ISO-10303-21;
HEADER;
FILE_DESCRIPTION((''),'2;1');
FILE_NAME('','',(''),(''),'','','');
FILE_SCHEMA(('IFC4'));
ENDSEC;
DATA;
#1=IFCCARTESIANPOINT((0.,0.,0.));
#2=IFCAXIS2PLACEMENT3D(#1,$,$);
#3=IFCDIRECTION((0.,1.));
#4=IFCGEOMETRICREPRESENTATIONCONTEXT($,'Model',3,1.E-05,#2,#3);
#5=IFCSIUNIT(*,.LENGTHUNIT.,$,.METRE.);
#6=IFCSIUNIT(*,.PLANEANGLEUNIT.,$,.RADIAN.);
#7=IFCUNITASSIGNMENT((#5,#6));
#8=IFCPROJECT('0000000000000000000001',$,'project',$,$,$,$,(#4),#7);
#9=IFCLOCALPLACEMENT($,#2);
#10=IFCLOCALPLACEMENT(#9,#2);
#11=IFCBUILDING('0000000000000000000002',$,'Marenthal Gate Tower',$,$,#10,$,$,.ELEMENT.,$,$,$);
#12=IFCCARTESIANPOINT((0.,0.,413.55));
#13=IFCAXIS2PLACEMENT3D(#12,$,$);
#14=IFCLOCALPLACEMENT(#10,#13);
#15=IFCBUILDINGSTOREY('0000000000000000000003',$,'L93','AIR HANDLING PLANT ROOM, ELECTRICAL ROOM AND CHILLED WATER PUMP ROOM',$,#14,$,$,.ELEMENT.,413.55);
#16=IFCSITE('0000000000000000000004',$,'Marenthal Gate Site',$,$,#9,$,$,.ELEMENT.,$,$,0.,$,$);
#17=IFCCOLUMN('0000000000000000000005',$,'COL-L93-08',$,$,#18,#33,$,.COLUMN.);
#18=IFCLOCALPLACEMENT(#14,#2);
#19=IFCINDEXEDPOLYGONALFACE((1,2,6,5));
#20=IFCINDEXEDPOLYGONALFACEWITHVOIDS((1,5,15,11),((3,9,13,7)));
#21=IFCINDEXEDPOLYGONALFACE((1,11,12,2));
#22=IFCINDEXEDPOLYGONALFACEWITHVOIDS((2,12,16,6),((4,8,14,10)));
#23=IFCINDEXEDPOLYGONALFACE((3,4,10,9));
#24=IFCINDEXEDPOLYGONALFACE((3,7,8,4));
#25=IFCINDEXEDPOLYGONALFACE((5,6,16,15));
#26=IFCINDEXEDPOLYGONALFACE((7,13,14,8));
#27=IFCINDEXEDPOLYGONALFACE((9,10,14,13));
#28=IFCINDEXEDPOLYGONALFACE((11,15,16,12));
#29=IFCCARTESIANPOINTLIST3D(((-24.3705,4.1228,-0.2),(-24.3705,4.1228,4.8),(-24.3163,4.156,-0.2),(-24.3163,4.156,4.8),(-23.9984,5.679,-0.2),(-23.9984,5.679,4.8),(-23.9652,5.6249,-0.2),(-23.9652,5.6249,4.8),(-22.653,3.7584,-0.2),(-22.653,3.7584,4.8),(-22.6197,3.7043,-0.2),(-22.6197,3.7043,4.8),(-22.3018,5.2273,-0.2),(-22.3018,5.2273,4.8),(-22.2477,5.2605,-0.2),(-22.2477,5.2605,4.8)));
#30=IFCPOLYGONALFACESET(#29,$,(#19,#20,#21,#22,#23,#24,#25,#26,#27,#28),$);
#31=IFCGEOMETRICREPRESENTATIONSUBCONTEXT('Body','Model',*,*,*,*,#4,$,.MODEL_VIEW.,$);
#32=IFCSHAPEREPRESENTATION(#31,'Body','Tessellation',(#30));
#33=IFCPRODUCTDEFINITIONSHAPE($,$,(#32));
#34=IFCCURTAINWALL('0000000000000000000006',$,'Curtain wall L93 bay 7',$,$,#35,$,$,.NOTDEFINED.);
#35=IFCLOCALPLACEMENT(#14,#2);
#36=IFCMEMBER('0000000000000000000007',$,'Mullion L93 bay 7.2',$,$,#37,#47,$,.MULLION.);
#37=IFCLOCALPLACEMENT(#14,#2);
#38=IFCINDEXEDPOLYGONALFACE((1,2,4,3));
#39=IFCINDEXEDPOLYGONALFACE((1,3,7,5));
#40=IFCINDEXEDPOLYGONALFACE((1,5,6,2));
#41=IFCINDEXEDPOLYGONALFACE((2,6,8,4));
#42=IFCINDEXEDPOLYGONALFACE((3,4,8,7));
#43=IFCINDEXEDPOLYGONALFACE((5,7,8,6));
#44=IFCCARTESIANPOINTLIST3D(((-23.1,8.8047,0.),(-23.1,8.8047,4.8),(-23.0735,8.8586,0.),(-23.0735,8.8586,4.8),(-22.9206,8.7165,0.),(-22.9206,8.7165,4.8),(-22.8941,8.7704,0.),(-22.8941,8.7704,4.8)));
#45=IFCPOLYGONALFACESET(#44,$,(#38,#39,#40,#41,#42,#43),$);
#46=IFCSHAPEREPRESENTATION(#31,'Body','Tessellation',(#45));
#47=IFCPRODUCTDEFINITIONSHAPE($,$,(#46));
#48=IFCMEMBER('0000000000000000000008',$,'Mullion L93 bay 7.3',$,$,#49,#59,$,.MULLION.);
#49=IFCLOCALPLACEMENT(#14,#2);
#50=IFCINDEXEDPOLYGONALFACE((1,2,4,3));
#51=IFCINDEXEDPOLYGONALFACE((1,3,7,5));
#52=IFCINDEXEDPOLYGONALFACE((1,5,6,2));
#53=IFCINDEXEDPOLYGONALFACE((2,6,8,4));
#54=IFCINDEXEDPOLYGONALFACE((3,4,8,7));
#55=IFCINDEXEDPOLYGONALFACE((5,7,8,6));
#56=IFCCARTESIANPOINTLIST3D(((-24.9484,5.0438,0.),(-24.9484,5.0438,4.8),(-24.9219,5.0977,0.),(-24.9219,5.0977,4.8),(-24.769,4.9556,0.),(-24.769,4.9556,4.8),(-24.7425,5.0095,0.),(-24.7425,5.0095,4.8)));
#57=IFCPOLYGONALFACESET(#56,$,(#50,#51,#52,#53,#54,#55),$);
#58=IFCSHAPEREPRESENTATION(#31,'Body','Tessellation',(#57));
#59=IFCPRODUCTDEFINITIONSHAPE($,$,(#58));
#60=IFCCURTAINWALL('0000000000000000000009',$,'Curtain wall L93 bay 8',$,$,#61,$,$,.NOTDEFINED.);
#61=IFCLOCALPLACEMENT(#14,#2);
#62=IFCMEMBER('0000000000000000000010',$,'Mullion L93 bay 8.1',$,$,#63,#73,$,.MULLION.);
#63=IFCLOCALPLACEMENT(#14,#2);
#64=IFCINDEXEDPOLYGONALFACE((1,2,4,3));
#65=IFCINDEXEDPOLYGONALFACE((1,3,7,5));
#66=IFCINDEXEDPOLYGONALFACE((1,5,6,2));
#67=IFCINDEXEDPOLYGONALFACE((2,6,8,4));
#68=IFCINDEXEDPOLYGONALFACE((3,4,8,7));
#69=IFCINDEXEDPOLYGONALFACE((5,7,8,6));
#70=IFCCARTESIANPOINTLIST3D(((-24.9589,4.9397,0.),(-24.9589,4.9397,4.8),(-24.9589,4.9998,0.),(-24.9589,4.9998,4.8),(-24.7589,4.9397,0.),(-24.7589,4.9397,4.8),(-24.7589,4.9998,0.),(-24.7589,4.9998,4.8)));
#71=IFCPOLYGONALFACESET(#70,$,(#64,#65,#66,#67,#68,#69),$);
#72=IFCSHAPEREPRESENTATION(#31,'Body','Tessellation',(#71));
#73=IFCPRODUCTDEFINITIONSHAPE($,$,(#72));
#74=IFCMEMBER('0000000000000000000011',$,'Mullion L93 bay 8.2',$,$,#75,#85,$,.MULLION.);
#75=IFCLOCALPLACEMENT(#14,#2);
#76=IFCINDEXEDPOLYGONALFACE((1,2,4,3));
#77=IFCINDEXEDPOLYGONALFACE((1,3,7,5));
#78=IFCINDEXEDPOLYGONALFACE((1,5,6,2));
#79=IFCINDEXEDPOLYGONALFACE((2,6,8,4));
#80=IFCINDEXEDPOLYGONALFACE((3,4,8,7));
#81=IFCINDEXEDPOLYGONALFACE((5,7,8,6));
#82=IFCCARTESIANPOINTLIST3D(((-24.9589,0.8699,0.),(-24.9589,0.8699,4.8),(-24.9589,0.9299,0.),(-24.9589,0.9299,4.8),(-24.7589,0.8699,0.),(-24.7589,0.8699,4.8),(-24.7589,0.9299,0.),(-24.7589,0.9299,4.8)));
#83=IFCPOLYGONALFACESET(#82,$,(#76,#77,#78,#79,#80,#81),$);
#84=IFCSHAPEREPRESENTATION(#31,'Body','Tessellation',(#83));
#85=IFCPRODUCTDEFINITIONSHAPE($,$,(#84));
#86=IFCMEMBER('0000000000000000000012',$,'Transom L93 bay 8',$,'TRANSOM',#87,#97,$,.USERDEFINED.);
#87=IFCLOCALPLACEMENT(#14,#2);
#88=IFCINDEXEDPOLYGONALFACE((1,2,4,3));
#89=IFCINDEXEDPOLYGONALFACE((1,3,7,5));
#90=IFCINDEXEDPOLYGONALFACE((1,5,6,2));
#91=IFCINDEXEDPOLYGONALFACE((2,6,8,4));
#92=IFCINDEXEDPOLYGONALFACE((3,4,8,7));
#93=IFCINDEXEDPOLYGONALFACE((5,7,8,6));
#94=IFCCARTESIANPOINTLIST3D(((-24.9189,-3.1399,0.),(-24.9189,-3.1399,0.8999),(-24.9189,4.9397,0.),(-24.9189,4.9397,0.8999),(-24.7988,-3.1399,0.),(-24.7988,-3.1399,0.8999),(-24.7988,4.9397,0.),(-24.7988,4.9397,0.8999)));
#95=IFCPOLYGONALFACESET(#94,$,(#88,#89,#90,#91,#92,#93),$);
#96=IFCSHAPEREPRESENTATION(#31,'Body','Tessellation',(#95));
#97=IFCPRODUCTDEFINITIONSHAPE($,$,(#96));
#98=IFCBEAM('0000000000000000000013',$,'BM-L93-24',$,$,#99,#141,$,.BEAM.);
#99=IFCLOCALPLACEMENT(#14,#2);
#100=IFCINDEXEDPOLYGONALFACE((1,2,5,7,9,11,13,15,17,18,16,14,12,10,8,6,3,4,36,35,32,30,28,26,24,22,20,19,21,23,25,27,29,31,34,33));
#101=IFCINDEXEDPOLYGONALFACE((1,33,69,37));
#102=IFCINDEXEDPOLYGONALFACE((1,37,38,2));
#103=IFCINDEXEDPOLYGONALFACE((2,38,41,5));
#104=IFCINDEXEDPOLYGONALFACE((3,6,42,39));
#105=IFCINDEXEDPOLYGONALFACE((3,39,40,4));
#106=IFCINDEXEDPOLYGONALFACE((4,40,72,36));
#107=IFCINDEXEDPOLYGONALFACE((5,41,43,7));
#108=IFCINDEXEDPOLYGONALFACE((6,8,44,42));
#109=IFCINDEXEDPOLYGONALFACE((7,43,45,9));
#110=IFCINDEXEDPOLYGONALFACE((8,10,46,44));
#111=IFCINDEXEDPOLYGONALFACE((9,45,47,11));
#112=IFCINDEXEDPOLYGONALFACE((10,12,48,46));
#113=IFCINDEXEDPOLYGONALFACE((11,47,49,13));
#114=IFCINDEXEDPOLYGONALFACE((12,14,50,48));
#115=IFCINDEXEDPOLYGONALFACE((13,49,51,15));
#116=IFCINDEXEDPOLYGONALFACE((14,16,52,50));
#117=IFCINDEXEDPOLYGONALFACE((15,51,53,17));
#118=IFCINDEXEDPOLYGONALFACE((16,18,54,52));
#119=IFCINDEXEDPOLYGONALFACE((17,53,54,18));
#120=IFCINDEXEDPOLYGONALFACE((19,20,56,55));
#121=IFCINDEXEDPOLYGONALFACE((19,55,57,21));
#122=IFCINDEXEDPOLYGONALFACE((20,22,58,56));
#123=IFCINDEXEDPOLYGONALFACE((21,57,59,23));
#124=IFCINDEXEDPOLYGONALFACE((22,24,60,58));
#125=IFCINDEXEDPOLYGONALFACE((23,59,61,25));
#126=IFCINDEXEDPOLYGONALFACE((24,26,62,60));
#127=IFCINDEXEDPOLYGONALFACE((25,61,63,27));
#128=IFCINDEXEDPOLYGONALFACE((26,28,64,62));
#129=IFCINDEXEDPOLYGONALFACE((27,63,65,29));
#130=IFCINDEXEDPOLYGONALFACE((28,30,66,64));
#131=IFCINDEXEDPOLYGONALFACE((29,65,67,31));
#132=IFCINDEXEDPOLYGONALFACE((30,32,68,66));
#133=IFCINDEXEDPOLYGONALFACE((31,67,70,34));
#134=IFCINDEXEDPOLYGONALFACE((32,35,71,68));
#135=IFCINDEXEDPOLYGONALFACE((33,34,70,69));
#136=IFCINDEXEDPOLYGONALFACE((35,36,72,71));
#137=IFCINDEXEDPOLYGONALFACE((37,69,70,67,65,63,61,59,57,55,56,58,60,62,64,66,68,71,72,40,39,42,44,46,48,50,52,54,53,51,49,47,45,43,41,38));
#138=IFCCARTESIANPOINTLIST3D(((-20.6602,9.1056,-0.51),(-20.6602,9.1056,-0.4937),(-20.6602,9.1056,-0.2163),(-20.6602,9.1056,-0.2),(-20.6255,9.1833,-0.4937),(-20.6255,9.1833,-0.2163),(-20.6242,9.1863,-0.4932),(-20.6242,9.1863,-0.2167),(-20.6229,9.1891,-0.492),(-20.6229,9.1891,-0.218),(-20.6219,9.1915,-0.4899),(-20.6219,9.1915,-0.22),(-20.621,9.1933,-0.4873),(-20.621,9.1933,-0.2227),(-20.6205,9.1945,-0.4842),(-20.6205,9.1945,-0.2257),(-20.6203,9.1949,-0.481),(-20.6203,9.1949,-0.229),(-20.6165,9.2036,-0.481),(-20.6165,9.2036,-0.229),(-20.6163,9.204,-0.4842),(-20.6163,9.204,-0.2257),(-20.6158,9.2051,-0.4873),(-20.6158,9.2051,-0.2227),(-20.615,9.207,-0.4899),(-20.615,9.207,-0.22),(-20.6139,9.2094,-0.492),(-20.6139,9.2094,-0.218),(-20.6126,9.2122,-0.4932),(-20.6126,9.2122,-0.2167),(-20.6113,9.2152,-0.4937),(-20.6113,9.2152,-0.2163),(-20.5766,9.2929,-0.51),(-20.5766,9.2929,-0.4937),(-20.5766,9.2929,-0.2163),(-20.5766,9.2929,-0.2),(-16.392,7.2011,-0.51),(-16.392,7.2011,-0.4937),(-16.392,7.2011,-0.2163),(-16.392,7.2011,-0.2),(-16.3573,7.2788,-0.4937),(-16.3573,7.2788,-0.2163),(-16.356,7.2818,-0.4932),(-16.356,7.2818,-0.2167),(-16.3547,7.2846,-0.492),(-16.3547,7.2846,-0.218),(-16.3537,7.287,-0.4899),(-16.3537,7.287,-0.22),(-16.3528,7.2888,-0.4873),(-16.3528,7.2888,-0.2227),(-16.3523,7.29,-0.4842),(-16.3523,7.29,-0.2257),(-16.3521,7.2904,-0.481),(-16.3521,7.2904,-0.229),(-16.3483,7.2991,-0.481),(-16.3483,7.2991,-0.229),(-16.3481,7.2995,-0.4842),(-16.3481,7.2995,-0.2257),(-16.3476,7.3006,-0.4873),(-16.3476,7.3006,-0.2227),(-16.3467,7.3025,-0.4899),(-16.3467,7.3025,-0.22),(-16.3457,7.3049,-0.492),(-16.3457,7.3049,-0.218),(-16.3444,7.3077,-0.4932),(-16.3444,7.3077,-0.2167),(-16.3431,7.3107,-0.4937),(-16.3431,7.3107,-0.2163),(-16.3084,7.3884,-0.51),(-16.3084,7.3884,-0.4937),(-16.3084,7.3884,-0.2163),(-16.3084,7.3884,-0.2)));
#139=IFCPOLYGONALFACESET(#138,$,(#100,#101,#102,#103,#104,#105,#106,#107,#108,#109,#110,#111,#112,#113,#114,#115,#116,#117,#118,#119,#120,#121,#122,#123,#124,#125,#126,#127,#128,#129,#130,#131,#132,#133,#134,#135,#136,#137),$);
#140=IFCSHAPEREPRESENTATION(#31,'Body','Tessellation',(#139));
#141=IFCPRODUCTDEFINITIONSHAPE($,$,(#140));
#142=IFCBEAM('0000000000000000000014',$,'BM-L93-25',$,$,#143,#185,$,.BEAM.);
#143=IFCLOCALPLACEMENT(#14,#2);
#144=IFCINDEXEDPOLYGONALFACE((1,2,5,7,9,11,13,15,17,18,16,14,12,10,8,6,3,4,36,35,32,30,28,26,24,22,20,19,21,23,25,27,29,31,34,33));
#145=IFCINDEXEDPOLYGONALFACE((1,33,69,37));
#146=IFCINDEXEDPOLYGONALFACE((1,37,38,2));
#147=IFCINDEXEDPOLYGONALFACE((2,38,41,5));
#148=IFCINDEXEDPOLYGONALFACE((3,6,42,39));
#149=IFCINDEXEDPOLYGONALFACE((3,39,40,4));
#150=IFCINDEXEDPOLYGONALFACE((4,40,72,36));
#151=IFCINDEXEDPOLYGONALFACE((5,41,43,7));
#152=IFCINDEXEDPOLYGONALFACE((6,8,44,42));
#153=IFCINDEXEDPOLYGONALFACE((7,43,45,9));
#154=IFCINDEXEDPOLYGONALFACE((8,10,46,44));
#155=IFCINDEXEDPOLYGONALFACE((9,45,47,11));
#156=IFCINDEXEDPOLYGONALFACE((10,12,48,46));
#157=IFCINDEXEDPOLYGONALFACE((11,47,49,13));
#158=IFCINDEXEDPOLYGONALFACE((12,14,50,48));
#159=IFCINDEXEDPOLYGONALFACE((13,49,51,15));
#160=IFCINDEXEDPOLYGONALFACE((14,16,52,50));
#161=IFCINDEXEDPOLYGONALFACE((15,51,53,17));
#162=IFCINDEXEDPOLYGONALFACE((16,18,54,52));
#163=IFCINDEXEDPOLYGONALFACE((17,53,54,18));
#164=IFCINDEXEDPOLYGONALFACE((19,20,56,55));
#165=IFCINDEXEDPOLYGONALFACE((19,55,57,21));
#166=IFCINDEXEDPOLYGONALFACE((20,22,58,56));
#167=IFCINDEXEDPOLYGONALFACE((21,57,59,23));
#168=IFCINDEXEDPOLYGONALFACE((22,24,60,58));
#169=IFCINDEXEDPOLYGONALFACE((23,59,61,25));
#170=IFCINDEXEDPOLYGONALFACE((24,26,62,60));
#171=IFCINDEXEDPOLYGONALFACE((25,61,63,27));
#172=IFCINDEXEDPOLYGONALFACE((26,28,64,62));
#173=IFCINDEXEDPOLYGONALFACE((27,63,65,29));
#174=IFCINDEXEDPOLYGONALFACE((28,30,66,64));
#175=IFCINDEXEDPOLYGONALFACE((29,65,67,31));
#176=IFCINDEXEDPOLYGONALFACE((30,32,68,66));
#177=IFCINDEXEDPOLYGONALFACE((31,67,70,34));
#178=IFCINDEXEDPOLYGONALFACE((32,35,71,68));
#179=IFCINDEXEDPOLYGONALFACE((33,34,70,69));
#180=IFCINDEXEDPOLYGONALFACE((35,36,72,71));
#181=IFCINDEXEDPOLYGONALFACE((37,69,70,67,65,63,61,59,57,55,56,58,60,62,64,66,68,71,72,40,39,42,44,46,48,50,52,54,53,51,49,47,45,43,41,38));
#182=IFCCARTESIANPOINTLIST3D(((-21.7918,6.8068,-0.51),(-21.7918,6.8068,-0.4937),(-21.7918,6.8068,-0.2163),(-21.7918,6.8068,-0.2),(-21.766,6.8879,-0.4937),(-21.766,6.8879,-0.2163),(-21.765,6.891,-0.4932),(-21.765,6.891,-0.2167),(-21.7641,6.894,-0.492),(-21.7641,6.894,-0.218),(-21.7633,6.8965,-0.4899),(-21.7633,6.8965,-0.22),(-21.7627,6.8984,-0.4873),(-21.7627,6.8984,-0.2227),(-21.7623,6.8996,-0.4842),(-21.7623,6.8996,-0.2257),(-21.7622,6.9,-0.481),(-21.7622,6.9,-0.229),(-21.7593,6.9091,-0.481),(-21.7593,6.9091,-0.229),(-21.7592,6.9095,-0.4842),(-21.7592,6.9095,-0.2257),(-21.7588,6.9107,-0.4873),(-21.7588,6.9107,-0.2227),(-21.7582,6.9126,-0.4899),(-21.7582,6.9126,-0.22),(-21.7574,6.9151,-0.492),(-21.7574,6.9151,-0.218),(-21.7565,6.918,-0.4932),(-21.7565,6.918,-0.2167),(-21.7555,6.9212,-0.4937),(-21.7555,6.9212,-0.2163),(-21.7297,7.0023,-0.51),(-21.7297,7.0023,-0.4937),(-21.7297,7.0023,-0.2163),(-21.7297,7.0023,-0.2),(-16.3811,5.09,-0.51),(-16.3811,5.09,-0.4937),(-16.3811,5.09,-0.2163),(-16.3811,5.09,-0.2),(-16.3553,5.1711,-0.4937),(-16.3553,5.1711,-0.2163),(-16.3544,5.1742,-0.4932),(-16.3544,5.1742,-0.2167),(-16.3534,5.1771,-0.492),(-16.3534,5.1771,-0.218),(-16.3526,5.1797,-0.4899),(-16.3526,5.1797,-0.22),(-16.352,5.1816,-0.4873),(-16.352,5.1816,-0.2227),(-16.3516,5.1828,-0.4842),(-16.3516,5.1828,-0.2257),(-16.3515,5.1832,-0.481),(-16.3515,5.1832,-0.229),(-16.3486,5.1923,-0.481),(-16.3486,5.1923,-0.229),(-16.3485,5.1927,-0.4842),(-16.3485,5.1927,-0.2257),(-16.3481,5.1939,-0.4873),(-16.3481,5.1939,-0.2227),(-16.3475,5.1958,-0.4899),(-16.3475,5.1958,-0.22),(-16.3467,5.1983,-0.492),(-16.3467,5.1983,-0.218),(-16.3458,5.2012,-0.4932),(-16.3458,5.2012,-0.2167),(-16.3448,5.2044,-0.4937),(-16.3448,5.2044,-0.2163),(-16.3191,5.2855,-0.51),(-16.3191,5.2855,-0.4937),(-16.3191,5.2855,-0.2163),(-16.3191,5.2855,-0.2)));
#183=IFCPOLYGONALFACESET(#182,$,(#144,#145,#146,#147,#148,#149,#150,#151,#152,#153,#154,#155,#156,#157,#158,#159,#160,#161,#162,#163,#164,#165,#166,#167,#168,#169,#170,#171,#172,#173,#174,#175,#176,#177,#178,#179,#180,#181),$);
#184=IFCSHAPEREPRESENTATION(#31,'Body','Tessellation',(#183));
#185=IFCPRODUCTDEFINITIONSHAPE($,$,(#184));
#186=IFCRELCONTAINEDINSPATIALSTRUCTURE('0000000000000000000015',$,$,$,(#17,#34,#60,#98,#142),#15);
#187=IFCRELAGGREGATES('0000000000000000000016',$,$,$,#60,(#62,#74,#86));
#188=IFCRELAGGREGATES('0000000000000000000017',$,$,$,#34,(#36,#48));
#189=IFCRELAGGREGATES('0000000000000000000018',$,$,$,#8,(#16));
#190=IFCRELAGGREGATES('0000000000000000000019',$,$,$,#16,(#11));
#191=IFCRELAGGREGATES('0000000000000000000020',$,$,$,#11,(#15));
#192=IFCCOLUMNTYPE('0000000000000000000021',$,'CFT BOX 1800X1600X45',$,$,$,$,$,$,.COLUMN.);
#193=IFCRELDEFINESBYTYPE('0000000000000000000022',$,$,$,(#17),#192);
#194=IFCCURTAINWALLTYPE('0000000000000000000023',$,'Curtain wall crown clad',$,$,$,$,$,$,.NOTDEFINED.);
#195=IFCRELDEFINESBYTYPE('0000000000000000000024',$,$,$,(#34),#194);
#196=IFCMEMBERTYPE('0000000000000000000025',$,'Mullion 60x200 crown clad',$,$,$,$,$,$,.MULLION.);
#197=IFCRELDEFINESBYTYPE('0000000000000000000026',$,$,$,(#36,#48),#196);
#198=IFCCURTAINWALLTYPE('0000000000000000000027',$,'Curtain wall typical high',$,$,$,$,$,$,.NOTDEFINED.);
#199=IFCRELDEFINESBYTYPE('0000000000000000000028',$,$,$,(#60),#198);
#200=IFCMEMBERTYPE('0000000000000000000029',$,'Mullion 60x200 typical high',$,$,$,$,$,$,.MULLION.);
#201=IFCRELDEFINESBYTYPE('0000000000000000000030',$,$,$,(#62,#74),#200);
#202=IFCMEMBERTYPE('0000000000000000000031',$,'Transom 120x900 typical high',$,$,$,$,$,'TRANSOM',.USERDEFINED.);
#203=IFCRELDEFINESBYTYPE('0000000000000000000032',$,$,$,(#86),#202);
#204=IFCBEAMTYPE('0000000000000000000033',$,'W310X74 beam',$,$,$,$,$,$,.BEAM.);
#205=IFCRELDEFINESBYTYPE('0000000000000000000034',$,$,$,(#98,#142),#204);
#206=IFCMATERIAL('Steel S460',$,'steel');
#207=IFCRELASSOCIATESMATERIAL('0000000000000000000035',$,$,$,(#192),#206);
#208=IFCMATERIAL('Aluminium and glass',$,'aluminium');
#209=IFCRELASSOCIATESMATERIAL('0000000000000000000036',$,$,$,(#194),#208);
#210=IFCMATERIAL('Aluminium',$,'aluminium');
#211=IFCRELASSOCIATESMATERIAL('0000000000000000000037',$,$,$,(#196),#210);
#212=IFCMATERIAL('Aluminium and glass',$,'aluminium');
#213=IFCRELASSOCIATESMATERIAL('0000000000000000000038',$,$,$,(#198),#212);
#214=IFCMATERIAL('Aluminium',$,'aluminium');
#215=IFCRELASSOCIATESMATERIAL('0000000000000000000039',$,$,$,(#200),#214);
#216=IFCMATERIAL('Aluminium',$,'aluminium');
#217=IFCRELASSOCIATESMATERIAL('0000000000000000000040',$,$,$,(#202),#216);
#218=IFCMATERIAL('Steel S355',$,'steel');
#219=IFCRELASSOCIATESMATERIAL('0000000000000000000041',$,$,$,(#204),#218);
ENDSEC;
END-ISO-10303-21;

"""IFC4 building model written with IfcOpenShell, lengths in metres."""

from ifc_helpers import new_model, si_unit, direction, frame, origin, origin_2d, place, context, subcontext, project, spatial, rectangle, hollow_rectangle, i_section, extrude, material, material_profile, profile_set, type_object, element, aggregate, save


model = new_model("IFC4")

# Units and contexts
model_context = context("Model", 3, precision=1e-05, world=origin(), true_north=direction((0.0, 1.0)))
body_context = subcontext(model_context, "Body", "Model", "MODEL_VIEW")
ifc_project = project(units=[si_unit("LENGTHUNIT", "METRE"), si_unit("PLANEANGLEUNIT", "RADIAN")], contexts=[model_context])

# Site, building, storey
site_placement = place(None, origin())
site = spatial("IfcSite", under=ifc_project, at=site_placement, Name="Marenthal Gate Site", CompositionType="ELEMENT", RefElevation=0.0)
building_placement = place(site_placement, origin())
building = spatial("IfcBuilding", under=site, at=building_placement, Name="Marenthal Gate Tower", CompositionType="ELEMENT")
storey_placement = place(building_placement, frame((0.0, 0.0, 413.55)))
storey = spatial("IfcBuildingStorey", under=building, at=storey_placement, Name="L93", Description="AIR HANDLING PLANT ROOM, ELECTRICAL ROOM AND CHILLED WATER PUMP ROOM", CompositionType="ELEMENT", Elevation=413.55)

# Column
ifc_material_1 = material(Name="Steel S460", Category="steel")
ifc_material_profile_1 = material_profile(ifc_material_1, hollow_rectangle(XDim=1.6001, YDim=1.8, WallThickness=0.0449, at=origin_2d()), Name="CFT BOX 1800X1600X45")
ifc_material_2 = material(Name="Concrete 70 MPa", Category="concrete")
ifc_material_profile_2 = material_profile(ifc_material_2, rectangle(XDim=1.51, YDim=1.71, at=origin_2d()), Name="CFT BOX 1800X1600X45 INFILL")
ifc_profile_set_1 = profile_set([ifc_material_profile_1, ifc_material_profile_2], Name="Steel S460 shell, Concrete 70 MPa infill")
column_type = type_object("IfcColumnType", Name="CFT BOX 1800X1600X45", PredefinedType="COLUMN", material=ifc_profile_set_1)
column_placement = place(storey_placement, frame((-23.3091, 4.6917, -0.2), z_axis=(0.0, 0.0, 1.0), x_axis=(0.232512, 0.972594, 0.0)))
element("IfcColumn", 1, at=column_placement, inside=storey, type_object=column_type, Name="COL-L93-08", PredefinedType="COLUMN", context=body_context, shape_type="SweptSolid", body=[
    extrude(hollow_rectangle(XDim=1.6001, YDim=1.8, WallThickness=0.0449, at=origin_2d()), origin(), (0.0, 0.0, 1.0), 5.0),
])

# Curtain walls, members
ifc_material_3 = material(Name="Aluminium and glass", Category="aluminium")
curtain_wall_type_1 = type_object("IfcCurtainWallType", Name="Curtain wall crown clad", PredefinedType="NOTDEFINED", material=ifc_material_3)
curtain_wall_1_placement = place(storey_placement, origin())
curtain_wall_1 = element("IfcCurtainWall", 2, at=curtain_wall_1_placement, inside=storey, type_object=curtain_wall_type_1, Name="Curtain wall L93 bay 7", PredefinedType="NOTDEFINED")
ifc_material_4 = material(Name="Aluminium", Category="aluminium")
ifc_material_profile_3 = material_profile(ifc_material_4, rectangle(XDim=0.2, YDim=0.0601, at=origin_2d()), Name="60x200 aluminium mullion")
ifc_profile_set_2 = profile_set([ifc_material_profile_3], Name="Aluminium")
member_type_1 = type_object("IfcMemberType", Name="Mullion 60x200 crown clad", PredefinedType="MULLION", material=ifc_profile_set_2)
member_1_placement = place(storey_placement, frame((-22.9971, 8.7876, 0.0), z_axis=(0.0, 0.0, 1.0), x_axis=(0.897446, -0.441124, 0.0)))
member_1 = element("IfcMember", 3, at=member_1_placement, type_object=member_type_1, Name="Mullion L93 bay 7.2", PredefinedType="MULLION", context=body_context, shape_type="SweptSolid", body=[
    extrude(rectangle(XDim=0.2, YDim=0.0601, at=origin_2d()), origin(), (0.0, 0.0, 1.0), 4.8),
])
member_2_placement = place(storey_placement, frame((-24.8455, 5.0266, 0.0), z_axis=(0.0, 0.0, 1.0), x_axis=(0.897446, -0.441124, 0.0)))
member_2 = element("IfcMember", 4, at=member_2_placement, type_object=member_type_1, Name="Mullion L93 bay 7.3", PredefinedType="MULLION", context=body_context, shape_type="SweptSolid", body=[
    extrude(rectangle(XDim=0.2, YDim=0.0601, at=origin_2d()), origin(), (0.0, 0.0, 1.0), 4.8),
])
ifc_material_5 = material(Name="Aluminium and glass", Category="aluminium")
curtain_wall_type_2 = type_object("IfcCurtainWallType", Name="Curtain wall typical high", PredefinedType="NOTDEFINED", material=ifc_material_5)
curtain_wall_2_placement = place(storey_placement, origin())
curtain_wall_2 = element("IfcCurtainWall", 5, at=curtain_wall_2_placement, inside=storey, type_object=curtain_wall_type_2, Name="Curtain wall L93 bay 8", PredefinedType="NOTDEFINED")
ifc_material_6 = material(Name="Aluminium", Category="aluminium")
ifc_material_profile_4 = material_profile(ifc_material_6, rectangle(XDim=0.2, YDim=0.0601, at=origin_2d()), Name="60x200 aluminium mullion")
ifc_profile_set_3 = profile_set([ifc_material_profile_4], Name="Aluminium")
member_type_2 = type_object("IfcMemberType", Name="Mullion 60x200 typical high", PredefinedType="MULLION", material=ifc_profile_set_3)
member_3_placement = place(storey_placement, frame((-24.8589, 4.9697, 0.0), z_axis=(0.0, 0.0, 1.0), x_axis=(1.0, 0.0, 0.0)))
member_3 = element("IfcMember", 6, at=member_3_placement, type_object=member_type_2, Name="Mullion L93 bay 8.1", PredefinedType="MULLION", context=body_context, shape_type="SweptSolid", body=[
    extrude(rectangle(XDim=0.2, YDim=0.0601, at=origin_2d()), origin(), (0.0, 0.0, 1.0), 4.8),
])
member_4_placement = place(storey_placement, frame((-24.8589, 0.8999, 0.0), z_axis=(0.0, 0.0, 1.0), x_axis=(1.0, 0.0, 0.0)))
member_4 = element("IfcMember", 7, at=member_4_placement, type_object=member_type_2, Name="Mullion L93 bay 8.2", PredefinedType="MULLION", context=body_context, shape_type="SweptSolid", body=[
    extrude(rectangle(XDim=0.2, YDim=0.0601, at=origin_2d()), origin(), (0.0, 0.0, 1.0), 4.8),
])
ifc_material_7 = material(Name="Aluminium", Category="aluminium")
ifc_material_profile_5 = material_profile(ifc_material_7, rectangle(XDim=0.1201, YDim=0.8999, at=origin_2d()), Name="120x900 aluminium transom")
ifc_profile_set_4 = profile_set([ifc_material_profile_5], Name="Aluminium")
member_type_3 = type_object("IfcMemberType", Name="Transom 120x900 typical high", ElementType="TRANSOM", PredefinedType="USERDEFINED", material=ifc_profile_set_4)
member_5_placement = place(storey_placement, frame((-24.8589, 4.9397, 0.45), z_axis=(0.0, -1.0, 0.0), x_axis=(1.0, 0.0, 0.0)))
member_5 = element("IfcMember", 8, at=member_5_placement, type_object=member_type_3, Name="Transom L93 bay 8", ObjectType="TRANSOM", PredefinedType="USERDEFINED", context=body_context, shape_type="SweptSolid", body=[
    extrude(rectangle(XDim=0.1201, YDim=0.8999, at=origin_2d()), origin(), (0.0, 0.0, 1.0), 8.0796),
])

# Beams
ifc_material_8 = material(Name="Steel S355", Category="steel")
ifc_material_profile_6 = material_profile(ifc_material_8, i_section(OverallWidth=0.2051, OverallDepth=0.3101, WebThickness=0.0095, FlangeThickness=0.0164, FilletRadius=0.0127, at=origin_2d()), Name="W310X74")
ifc_profile_set_5 = profile_set([ifc_material_profile_6], Name="Steel S355")
beam_type_1 = type_object("IfcBeamType", Name="W310X74 beam", PredefinedType="BEAM", material=ifc_profile_set_5)
beam_1_placement = place(storey_placement, frame((-20.6184, 9.1992, -0.355), z_axis=(0.913214, -0.407481, 0.0), x_axis=(0.407481, 0.913214, 0.0)))
element("IfcBeam", 9, at=beam_1_placement, inside=storey, type_object=beam_type_1, Name="BM-L93-24", PredefinedType="BEAM", context=body_context, shape_type="SweptSolid", body=[
    extrude(i_section(OverallWidth=0.2051, OverallDepth=0.3101, WebThickness=0.0095, FlangeThickness=0.0164, FilletRadius=0.0127, at=origin_2d()), origin(), (0.0, 0.0, 1.0), 4.6738),
])
beam_2_placement = place(storey_placement, frame((-21.7607, 6.9045, -0.355), z_axis=(0.953168, -0.30244, 0.0), x_axis=(0.30244, 0.953168, 0.0)))
element("IfcBeam", 10, at=beam_2_placement, inside=storey, type_object=beam_type_1, Name="BM-L93-25", PredefinedType="BEAM", context=body_context, shape_type="SweptSolid", body=[
    extrude(i_section(OverallWidth=0.2051, OverallDepth=0.3101, WebThickness=0.0095, FlangeThickness=0.0164, FilletRadius=0.0127, at=origin_2d()), origin(), (0.0, 0.0, 1.0), 5.6765),
])

aggregate(curtain_wall_2, [member_3, member_4, member_5])
aggregate(curtain_wall_1, [member_1, member_2])

save(model, "model.ifc")
